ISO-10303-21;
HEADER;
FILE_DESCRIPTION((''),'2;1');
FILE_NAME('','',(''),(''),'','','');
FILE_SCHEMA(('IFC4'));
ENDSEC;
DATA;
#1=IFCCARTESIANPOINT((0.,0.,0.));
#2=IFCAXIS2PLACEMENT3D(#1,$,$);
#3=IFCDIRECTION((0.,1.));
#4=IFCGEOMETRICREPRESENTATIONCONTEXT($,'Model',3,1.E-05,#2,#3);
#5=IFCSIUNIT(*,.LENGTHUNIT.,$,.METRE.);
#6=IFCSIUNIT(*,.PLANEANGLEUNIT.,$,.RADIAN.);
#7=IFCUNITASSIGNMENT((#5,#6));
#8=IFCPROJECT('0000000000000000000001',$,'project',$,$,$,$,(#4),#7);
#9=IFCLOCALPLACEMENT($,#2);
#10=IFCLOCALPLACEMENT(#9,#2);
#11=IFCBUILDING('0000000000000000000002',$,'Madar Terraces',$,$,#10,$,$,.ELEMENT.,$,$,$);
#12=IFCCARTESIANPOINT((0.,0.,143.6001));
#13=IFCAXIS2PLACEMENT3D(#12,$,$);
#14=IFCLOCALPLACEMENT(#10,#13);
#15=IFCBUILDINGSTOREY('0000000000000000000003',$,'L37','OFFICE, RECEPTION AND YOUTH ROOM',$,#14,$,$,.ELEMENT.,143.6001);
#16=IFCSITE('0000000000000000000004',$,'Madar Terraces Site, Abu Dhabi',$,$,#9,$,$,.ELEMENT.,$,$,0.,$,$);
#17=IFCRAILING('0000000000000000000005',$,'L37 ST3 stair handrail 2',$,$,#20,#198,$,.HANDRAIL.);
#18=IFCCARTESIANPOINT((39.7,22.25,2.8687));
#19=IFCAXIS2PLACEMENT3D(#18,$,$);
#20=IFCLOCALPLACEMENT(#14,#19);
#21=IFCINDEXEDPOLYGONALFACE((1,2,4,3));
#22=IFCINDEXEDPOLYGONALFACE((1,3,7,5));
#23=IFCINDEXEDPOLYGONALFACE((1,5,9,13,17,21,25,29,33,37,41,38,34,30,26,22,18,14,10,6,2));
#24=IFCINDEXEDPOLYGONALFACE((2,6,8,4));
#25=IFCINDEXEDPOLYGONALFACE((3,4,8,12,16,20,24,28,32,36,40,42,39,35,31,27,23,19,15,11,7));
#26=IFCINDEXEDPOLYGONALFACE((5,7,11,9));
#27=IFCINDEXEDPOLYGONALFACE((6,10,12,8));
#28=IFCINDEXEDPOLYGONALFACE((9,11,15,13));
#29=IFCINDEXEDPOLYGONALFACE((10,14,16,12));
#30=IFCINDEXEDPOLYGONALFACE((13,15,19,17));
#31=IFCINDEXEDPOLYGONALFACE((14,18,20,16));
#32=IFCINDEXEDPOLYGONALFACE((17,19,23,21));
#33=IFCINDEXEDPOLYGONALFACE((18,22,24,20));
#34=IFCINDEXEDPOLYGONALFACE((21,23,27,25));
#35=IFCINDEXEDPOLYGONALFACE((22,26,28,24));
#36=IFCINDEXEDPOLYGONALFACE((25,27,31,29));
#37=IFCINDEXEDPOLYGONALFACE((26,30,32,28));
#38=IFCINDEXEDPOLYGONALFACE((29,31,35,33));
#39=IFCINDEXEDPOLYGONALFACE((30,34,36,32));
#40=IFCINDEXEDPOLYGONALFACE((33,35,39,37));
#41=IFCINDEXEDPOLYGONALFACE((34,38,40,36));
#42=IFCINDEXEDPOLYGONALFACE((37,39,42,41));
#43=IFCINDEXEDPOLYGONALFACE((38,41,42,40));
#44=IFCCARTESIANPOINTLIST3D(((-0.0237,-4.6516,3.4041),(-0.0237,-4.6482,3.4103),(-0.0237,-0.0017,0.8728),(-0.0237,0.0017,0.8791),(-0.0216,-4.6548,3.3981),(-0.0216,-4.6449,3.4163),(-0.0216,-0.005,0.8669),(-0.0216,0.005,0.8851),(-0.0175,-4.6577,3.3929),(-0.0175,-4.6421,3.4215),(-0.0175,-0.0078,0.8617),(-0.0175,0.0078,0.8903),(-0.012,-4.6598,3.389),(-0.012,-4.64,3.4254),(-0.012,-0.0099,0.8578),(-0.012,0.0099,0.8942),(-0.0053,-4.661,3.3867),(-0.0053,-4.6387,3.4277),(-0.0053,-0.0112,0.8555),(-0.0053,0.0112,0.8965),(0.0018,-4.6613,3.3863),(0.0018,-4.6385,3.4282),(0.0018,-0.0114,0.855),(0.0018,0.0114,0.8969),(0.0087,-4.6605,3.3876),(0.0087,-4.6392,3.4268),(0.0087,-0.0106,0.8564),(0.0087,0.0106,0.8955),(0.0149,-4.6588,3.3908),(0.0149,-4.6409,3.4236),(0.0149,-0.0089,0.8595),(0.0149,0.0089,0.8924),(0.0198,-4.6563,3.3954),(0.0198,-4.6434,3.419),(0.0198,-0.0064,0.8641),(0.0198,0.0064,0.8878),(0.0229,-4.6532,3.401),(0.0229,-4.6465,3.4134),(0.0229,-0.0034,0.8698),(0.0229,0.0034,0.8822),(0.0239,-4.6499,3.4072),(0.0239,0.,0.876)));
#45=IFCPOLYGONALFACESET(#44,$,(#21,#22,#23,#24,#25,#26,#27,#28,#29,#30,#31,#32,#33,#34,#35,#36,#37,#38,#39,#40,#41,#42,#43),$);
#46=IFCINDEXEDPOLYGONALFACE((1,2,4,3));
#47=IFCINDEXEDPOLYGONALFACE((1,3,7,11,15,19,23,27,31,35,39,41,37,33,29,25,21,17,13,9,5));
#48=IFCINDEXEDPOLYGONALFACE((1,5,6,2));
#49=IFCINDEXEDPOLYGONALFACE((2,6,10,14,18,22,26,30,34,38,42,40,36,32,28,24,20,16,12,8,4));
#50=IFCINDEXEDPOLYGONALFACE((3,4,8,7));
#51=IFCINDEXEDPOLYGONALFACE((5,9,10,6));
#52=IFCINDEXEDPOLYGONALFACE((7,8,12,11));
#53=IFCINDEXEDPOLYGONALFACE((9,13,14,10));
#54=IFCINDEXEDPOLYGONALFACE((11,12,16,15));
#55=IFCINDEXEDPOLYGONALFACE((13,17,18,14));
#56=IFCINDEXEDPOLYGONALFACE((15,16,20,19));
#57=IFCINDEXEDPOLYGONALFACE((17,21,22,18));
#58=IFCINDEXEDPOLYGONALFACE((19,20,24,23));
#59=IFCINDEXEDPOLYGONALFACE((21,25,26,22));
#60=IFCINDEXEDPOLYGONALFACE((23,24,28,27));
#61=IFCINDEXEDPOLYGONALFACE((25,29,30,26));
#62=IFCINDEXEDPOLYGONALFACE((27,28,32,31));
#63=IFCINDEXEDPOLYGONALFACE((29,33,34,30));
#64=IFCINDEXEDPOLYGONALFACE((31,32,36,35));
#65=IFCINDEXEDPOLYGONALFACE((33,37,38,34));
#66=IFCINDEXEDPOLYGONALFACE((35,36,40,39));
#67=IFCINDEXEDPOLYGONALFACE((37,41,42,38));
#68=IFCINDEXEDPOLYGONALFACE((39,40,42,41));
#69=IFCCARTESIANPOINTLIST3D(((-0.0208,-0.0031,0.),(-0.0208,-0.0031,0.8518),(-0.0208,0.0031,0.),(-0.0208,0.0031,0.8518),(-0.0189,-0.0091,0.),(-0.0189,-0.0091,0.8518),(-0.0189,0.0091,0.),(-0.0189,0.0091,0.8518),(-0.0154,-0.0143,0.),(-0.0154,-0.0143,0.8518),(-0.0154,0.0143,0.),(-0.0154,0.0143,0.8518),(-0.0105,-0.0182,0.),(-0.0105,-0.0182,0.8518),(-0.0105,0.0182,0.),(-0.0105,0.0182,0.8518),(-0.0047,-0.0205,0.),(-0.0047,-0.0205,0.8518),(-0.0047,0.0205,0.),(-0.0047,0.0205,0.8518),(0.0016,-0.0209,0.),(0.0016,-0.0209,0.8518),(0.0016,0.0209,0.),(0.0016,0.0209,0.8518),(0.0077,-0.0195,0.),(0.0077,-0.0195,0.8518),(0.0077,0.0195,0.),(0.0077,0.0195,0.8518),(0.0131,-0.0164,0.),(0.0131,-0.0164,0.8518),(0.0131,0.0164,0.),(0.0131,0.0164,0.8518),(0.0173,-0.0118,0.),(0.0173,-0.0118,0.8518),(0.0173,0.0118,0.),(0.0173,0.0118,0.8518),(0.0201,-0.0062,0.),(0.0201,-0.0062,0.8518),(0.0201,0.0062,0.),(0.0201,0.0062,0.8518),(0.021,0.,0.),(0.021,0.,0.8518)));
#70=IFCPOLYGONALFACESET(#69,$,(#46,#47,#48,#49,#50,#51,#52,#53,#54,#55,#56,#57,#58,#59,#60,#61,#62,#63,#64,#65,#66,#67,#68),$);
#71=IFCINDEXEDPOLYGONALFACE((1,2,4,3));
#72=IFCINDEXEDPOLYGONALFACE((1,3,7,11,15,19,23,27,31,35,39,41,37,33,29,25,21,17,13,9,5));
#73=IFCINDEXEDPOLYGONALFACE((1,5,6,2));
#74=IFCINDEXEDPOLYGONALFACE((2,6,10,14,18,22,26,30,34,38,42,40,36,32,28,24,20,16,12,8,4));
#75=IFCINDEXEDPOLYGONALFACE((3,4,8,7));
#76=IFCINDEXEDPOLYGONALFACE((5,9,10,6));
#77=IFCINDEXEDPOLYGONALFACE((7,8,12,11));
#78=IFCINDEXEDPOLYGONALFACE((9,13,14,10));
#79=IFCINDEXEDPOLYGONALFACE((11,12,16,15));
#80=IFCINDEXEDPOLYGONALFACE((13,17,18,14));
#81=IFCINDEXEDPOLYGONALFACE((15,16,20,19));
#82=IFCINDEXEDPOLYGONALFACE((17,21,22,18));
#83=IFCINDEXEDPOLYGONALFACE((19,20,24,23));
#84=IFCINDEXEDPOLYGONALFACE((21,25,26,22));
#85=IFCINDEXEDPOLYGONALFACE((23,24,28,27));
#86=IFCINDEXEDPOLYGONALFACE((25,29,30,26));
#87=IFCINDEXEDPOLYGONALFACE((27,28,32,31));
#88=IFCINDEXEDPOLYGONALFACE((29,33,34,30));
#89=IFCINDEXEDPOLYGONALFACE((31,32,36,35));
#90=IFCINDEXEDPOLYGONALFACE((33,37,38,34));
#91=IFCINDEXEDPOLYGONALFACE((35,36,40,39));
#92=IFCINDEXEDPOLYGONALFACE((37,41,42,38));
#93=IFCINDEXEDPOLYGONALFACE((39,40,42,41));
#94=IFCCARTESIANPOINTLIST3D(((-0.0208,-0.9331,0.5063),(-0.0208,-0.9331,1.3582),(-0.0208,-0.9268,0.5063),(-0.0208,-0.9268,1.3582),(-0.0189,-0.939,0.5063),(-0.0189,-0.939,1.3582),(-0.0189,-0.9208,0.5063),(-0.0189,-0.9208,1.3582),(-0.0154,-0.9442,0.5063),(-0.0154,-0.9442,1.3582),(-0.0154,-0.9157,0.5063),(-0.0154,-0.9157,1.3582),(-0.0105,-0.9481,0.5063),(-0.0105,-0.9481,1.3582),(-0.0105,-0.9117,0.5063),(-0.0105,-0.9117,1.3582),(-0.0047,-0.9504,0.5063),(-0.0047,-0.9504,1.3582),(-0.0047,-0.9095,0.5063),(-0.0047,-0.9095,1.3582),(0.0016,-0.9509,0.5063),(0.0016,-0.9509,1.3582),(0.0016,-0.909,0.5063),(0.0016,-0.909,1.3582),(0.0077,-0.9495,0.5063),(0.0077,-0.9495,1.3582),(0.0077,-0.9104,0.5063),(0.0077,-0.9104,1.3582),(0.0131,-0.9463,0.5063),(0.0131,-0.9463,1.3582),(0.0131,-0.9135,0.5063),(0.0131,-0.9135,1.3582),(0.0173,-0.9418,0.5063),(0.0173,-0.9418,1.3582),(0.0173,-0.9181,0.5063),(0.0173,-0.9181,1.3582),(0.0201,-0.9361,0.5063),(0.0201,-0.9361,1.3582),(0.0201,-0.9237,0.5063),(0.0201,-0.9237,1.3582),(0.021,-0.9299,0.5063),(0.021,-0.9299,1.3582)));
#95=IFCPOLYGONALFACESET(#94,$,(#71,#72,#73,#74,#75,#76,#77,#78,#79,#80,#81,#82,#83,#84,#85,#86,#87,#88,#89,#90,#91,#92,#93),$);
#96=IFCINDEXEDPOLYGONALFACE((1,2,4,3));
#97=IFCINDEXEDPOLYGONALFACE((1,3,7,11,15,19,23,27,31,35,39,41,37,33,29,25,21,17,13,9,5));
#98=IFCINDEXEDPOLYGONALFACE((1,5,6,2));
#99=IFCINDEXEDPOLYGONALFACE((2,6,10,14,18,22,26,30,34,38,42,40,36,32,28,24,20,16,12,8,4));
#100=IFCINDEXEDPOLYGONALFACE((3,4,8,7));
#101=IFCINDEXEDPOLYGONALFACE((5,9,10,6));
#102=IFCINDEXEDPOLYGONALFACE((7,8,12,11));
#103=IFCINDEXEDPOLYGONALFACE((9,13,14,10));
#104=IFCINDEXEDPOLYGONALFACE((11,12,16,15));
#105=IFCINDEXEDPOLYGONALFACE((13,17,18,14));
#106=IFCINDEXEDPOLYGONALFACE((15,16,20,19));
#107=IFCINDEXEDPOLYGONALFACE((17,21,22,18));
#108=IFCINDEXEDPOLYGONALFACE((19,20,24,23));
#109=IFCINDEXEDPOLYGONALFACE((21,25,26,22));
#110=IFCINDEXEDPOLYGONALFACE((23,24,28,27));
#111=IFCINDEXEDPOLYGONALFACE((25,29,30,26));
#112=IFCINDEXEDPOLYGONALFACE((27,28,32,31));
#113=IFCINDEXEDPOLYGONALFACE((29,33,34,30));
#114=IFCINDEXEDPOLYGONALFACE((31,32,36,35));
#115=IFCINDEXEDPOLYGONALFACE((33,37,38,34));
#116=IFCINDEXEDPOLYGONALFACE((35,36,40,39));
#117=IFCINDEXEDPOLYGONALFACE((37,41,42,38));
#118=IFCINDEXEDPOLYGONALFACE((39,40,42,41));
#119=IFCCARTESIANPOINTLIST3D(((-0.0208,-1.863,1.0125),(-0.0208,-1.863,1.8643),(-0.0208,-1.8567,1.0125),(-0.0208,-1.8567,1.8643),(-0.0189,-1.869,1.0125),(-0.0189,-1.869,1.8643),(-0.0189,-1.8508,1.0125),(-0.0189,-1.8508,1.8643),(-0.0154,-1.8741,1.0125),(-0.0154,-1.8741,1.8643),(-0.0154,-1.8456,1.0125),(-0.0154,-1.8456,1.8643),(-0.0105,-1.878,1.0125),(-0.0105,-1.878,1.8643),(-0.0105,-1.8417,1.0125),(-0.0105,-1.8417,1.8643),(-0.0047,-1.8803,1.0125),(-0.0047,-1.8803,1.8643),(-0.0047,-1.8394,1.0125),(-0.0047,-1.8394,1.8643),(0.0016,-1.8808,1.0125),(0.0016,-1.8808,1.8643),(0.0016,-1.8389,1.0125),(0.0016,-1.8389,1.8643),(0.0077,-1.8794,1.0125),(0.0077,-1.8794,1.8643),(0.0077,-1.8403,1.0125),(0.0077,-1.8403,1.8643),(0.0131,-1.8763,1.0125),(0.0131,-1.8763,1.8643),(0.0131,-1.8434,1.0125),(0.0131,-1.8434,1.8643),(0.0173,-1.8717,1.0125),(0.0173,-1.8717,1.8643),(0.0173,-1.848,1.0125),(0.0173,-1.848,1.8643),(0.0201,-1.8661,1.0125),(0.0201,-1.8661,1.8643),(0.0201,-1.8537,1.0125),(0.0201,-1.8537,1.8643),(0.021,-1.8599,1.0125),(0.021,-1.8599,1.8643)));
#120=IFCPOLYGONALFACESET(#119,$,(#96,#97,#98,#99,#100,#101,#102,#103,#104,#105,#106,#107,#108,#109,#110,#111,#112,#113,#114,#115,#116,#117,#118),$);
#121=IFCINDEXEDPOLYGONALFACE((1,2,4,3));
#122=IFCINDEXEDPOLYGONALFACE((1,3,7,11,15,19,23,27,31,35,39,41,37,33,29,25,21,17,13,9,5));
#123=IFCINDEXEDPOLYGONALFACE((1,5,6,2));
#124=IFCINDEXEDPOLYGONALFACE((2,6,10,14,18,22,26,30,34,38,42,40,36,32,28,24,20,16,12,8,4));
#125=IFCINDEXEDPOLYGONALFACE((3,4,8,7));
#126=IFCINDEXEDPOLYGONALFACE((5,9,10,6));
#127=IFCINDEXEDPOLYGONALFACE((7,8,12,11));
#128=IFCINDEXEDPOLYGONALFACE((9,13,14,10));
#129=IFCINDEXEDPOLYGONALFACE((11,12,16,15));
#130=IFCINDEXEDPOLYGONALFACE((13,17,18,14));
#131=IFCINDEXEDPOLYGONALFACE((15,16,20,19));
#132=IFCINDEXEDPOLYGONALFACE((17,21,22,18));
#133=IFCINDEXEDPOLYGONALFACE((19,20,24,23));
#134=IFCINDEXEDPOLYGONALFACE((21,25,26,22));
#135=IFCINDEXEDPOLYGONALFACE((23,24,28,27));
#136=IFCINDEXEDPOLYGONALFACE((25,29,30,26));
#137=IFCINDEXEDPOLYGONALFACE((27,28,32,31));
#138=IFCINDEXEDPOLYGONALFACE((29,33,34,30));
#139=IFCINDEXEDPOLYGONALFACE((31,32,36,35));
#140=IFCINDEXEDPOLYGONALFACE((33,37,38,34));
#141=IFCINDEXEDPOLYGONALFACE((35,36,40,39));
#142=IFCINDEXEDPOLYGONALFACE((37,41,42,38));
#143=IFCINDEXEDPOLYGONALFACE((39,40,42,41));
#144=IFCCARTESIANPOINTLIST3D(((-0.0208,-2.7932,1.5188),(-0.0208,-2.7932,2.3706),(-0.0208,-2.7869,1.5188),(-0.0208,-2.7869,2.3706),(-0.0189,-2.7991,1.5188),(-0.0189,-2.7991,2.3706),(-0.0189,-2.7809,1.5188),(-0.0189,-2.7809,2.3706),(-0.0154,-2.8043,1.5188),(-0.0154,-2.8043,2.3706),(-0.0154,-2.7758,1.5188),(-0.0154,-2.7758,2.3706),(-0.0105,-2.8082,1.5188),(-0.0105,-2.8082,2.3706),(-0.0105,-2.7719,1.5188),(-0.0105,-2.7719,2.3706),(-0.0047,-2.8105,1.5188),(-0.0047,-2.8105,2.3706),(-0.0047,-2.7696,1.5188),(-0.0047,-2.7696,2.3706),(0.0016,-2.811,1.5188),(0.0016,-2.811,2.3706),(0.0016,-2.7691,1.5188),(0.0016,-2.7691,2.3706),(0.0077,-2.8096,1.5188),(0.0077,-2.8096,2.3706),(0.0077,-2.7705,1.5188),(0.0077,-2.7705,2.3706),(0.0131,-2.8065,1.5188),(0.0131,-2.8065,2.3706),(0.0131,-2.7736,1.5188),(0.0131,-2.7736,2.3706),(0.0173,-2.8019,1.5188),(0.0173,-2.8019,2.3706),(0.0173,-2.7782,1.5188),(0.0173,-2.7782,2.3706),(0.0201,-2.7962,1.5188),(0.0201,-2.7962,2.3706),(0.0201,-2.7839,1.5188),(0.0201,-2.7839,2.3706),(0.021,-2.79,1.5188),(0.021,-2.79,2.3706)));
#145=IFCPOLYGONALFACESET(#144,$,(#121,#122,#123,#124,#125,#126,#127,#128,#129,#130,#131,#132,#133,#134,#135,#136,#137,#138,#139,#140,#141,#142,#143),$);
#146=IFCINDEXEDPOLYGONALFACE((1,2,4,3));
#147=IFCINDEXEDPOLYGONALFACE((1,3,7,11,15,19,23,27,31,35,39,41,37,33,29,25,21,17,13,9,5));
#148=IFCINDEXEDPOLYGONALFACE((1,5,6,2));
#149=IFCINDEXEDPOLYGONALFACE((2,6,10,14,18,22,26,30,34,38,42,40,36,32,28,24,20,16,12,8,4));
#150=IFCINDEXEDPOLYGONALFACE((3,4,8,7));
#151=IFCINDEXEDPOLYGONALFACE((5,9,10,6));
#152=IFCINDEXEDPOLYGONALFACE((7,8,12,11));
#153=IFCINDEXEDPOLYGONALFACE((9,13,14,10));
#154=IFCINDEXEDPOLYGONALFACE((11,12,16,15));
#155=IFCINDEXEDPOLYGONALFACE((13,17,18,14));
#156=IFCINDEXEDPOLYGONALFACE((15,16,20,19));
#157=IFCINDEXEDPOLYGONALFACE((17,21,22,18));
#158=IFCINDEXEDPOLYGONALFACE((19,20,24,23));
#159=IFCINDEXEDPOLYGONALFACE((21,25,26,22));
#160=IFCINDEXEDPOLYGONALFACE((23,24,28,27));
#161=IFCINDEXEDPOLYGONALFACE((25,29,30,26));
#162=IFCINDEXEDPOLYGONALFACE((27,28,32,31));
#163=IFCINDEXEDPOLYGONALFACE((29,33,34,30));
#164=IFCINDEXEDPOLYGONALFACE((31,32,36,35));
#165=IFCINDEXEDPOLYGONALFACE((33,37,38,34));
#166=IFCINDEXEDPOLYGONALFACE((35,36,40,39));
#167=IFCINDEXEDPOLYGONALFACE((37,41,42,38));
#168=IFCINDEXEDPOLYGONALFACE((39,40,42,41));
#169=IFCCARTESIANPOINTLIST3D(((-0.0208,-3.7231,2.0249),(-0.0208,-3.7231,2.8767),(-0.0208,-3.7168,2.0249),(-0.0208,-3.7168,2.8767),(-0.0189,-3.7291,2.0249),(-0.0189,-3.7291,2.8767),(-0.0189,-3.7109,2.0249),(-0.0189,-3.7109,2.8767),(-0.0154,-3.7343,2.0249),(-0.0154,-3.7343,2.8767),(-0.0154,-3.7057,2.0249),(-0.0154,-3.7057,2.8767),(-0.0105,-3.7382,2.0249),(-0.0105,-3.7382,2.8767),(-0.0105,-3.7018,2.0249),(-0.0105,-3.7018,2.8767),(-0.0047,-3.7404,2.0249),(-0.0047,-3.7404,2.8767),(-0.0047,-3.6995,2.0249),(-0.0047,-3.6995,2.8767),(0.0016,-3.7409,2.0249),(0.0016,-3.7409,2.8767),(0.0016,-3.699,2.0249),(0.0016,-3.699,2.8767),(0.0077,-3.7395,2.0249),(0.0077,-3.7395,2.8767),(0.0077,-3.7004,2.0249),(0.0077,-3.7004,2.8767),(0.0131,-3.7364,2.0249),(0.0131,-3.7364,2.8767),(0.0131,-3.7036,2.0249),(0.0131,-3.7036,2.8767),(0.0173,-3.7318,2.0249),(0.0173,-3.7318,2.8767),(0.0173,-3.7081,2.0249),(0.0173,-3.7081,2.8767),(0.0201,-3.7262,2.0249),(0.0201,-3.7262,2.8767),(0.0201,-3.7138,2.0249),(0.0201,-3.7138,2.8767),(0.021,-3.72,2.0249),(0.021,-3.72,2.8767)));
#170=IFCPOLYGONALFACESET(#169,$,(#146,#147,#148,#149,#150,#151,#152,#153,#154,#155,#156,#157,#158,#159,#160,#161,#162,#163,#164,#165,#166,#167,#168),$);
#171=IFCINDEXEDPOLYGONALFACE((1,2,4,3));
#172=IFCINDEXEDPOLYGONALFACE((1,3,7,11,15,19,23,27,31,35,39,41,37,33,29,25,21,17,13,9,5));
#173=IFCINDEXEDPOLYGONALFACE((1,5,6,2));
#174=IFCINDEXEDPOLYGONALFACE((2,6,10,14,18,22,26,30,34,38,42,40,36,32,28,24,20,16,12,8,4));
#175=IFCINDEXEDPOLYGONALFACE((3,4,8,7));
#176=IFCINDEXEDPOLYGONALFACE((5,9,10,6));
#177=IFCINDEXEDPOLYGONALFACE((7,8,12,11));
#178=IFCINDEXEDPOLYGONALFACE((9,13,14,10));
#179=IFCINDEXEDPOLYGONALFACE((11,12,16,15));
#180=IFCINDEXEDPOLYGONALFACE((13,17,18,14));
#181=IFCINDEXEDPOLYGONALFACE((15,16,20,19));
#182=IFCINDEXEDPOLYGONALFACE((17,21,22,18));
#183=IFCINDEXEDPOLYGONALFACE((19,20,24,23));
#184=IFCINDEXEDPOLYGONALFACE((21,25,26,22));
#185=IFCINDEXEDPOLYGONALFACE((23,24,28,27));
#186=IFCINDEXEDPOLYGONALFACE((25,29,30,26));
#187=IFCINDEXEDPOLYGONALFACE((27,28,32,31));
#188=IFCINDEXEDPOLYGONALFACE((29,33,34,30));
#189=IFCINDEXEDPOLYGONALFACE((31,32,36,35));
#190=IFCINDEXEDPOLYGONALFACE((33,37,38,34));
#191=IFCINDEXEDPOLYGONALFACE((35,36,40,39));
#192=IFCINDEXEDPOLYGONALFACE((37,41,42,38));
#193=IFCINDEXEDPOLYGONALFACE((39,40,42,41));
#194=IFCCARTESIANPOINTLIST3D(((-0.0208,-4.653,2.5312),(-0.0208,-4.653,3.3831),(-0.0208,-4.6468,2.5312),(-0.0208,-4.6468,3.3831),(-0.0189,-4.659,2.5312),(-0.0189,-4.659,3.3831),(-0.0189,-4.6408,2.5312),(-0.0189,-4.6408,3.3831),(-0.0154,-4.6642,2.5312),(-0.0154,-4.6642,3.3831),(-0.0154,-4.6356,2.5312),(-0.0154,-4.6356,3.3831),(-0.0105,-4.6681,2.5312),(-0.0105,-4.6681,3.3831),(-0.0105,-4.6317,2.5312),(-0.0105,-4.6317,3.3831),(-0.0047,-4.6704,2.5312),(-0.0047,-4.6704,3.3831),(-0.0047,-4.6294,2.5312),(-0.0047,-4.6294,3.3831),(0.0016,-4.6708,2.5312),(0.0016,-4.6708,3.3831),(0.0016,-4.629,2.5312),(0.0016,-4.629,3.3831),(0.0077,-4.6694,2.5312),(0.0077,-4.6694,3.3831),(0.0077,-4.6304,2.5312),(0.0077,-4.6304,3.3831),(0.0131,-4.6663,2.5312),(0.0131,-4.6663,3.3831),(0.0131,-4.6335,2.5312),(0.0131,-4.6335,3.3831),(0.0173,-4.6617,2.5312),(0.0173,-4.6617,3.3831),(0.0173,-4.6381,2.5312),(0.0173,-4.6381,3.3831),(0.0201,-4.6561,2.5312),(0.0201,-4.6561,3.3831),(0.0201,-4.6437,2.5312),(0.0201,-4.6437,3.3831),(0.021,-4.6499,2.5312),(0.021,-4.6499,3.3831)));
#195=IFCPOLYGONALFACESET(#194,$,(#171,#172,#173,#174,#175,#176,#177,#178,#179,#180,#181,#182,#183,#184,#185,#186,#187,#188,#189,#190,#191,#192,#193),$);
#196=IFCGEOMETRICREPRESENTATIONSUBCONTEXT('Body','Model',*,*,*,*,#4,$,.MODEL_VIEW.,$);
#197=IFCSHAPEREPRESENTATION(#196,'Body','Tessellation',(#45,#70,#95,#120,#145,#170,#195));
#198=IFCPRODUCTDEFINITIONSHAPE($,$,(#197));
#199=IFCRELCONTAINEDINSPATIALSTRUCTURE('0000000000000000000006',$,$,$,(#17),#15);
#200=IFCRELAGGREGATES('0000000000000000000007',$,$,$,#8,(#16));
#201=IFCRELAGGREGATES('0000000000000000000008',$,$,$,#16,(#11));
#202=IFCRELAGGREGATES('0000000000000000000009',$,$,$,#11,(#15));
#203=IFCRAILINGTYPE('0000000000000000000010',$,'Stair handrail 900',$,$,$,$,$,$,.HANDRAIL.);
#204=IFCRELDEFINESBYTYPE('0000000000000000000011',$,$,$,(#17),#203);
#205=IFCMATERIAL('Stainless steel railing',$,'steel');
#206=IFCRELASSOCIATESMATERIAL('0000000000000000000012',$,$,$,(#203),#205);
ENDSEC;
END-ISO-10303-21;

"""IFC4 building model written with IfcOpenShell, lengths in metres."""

from ifc_helpers import new_model, si_unit, direction, frame, origin, origin_2d, place, context, subcontext, project, spatial, circle, extrude, material, type_object, element, save


model = new_model("IFC4")

# Units and contexts
model_context = context("Model", 3, precision=1e-05, world=origin(), true_north=direction((0.0, 1.0)))
body_context = subcontext(model_context, "Body", "Model", "MODEL_VIEW")
ifc_project = project(units=[si_unit("LENGTHUNIT", "METRE"), si_unit("PLANEANGLEUNIT", "RADIAN")], contexts=[model_context])

# Site, building, storey
site_placement = place(None, origin())
site = spatial("IfcSite", under=ifc_project, at=site_placement, Name="Madar Terraces Site, Abu Dhabi", CompositionType="ELEMENT", RefElevation=0.0)
building_placement = place(site_placement, origin())
building = spatial("IfcBuilding", under=site, at=building_placement, Name="Madar Terraces", CompositionType="ELEMENT")
storey_placement = place(building_placement, frame((0.0, 0.0, 143.6001)))
storey = spatial("IfcBuildingStorey", under=building, at=storey_placement, Name="L37", Description="OFFICE, RECEPTION AND YOUTH ROOM", CompositionType="ELEMENT", Elevation=143.6001)

# Railing
ifc_material_1 = material(Name="Stainless steel railing", Category="steel")
railing_type_1 = type_object("IfcRailingType", Name="Stair handrail 900", PredefinedType="HANDRAIL", material=ifc_material_1)
railing_1_placement = place(storey_placement, frame((39.7, 22.25, 2.8687)))
element("IfcRailing", 1, at=railing_1_placement, inside=storey, type_object=railing_type_1, Name="L37 ST3 stair handrail 2", PredefinedType="HANDRAIL", context=body_context, shape_type="SweptSolid", body=[
    extrude(circle(Radius=0.0239, at=origin_2d()), frame((0.0, 0.0, 0.876), z_axis=(0.0, -0.878297, 0.478115), x_axis=(1.0, 0.0, 0.0)), (0.0, 0.0, 1.0), 5.2942),
    extrude(circle(Radius=0.021, at=origin_2d()), origin(), (0.0, 0.0, 1.0), 0.8518),
    extrude(circle(Radius=0.021, at=origin_2d()), frame((0.0, -0.9299, 0.5063)), (0.0, 0.0, 1.0), 0.8518),
    extrude(circle(Radius=0.021, at=origin_2d()), frame((0.0, -1.8599, 1.0125)), (0.0, 0.0, 1.0), 0.8518),
    extrude(circle(Radius=0.021, at=origin_2d()), frame((0.0, -2.79, 1.5188)), (0.0, 0.0, 1.0), 0.8518),
    extrude(circle(Radius=0.021, at=origin_2d()), frame((0.0, -3.72, 2.0249)), (0.0, 0.0, 1.0), 0.8518),
    extrude(circle(Radius=0.021, at=origin_2d()), frame((0.0, -4.6499, 2.5312)), (0.0, 0.0, 1.0), 0.8518),
])

save(model, "model.ifc")
